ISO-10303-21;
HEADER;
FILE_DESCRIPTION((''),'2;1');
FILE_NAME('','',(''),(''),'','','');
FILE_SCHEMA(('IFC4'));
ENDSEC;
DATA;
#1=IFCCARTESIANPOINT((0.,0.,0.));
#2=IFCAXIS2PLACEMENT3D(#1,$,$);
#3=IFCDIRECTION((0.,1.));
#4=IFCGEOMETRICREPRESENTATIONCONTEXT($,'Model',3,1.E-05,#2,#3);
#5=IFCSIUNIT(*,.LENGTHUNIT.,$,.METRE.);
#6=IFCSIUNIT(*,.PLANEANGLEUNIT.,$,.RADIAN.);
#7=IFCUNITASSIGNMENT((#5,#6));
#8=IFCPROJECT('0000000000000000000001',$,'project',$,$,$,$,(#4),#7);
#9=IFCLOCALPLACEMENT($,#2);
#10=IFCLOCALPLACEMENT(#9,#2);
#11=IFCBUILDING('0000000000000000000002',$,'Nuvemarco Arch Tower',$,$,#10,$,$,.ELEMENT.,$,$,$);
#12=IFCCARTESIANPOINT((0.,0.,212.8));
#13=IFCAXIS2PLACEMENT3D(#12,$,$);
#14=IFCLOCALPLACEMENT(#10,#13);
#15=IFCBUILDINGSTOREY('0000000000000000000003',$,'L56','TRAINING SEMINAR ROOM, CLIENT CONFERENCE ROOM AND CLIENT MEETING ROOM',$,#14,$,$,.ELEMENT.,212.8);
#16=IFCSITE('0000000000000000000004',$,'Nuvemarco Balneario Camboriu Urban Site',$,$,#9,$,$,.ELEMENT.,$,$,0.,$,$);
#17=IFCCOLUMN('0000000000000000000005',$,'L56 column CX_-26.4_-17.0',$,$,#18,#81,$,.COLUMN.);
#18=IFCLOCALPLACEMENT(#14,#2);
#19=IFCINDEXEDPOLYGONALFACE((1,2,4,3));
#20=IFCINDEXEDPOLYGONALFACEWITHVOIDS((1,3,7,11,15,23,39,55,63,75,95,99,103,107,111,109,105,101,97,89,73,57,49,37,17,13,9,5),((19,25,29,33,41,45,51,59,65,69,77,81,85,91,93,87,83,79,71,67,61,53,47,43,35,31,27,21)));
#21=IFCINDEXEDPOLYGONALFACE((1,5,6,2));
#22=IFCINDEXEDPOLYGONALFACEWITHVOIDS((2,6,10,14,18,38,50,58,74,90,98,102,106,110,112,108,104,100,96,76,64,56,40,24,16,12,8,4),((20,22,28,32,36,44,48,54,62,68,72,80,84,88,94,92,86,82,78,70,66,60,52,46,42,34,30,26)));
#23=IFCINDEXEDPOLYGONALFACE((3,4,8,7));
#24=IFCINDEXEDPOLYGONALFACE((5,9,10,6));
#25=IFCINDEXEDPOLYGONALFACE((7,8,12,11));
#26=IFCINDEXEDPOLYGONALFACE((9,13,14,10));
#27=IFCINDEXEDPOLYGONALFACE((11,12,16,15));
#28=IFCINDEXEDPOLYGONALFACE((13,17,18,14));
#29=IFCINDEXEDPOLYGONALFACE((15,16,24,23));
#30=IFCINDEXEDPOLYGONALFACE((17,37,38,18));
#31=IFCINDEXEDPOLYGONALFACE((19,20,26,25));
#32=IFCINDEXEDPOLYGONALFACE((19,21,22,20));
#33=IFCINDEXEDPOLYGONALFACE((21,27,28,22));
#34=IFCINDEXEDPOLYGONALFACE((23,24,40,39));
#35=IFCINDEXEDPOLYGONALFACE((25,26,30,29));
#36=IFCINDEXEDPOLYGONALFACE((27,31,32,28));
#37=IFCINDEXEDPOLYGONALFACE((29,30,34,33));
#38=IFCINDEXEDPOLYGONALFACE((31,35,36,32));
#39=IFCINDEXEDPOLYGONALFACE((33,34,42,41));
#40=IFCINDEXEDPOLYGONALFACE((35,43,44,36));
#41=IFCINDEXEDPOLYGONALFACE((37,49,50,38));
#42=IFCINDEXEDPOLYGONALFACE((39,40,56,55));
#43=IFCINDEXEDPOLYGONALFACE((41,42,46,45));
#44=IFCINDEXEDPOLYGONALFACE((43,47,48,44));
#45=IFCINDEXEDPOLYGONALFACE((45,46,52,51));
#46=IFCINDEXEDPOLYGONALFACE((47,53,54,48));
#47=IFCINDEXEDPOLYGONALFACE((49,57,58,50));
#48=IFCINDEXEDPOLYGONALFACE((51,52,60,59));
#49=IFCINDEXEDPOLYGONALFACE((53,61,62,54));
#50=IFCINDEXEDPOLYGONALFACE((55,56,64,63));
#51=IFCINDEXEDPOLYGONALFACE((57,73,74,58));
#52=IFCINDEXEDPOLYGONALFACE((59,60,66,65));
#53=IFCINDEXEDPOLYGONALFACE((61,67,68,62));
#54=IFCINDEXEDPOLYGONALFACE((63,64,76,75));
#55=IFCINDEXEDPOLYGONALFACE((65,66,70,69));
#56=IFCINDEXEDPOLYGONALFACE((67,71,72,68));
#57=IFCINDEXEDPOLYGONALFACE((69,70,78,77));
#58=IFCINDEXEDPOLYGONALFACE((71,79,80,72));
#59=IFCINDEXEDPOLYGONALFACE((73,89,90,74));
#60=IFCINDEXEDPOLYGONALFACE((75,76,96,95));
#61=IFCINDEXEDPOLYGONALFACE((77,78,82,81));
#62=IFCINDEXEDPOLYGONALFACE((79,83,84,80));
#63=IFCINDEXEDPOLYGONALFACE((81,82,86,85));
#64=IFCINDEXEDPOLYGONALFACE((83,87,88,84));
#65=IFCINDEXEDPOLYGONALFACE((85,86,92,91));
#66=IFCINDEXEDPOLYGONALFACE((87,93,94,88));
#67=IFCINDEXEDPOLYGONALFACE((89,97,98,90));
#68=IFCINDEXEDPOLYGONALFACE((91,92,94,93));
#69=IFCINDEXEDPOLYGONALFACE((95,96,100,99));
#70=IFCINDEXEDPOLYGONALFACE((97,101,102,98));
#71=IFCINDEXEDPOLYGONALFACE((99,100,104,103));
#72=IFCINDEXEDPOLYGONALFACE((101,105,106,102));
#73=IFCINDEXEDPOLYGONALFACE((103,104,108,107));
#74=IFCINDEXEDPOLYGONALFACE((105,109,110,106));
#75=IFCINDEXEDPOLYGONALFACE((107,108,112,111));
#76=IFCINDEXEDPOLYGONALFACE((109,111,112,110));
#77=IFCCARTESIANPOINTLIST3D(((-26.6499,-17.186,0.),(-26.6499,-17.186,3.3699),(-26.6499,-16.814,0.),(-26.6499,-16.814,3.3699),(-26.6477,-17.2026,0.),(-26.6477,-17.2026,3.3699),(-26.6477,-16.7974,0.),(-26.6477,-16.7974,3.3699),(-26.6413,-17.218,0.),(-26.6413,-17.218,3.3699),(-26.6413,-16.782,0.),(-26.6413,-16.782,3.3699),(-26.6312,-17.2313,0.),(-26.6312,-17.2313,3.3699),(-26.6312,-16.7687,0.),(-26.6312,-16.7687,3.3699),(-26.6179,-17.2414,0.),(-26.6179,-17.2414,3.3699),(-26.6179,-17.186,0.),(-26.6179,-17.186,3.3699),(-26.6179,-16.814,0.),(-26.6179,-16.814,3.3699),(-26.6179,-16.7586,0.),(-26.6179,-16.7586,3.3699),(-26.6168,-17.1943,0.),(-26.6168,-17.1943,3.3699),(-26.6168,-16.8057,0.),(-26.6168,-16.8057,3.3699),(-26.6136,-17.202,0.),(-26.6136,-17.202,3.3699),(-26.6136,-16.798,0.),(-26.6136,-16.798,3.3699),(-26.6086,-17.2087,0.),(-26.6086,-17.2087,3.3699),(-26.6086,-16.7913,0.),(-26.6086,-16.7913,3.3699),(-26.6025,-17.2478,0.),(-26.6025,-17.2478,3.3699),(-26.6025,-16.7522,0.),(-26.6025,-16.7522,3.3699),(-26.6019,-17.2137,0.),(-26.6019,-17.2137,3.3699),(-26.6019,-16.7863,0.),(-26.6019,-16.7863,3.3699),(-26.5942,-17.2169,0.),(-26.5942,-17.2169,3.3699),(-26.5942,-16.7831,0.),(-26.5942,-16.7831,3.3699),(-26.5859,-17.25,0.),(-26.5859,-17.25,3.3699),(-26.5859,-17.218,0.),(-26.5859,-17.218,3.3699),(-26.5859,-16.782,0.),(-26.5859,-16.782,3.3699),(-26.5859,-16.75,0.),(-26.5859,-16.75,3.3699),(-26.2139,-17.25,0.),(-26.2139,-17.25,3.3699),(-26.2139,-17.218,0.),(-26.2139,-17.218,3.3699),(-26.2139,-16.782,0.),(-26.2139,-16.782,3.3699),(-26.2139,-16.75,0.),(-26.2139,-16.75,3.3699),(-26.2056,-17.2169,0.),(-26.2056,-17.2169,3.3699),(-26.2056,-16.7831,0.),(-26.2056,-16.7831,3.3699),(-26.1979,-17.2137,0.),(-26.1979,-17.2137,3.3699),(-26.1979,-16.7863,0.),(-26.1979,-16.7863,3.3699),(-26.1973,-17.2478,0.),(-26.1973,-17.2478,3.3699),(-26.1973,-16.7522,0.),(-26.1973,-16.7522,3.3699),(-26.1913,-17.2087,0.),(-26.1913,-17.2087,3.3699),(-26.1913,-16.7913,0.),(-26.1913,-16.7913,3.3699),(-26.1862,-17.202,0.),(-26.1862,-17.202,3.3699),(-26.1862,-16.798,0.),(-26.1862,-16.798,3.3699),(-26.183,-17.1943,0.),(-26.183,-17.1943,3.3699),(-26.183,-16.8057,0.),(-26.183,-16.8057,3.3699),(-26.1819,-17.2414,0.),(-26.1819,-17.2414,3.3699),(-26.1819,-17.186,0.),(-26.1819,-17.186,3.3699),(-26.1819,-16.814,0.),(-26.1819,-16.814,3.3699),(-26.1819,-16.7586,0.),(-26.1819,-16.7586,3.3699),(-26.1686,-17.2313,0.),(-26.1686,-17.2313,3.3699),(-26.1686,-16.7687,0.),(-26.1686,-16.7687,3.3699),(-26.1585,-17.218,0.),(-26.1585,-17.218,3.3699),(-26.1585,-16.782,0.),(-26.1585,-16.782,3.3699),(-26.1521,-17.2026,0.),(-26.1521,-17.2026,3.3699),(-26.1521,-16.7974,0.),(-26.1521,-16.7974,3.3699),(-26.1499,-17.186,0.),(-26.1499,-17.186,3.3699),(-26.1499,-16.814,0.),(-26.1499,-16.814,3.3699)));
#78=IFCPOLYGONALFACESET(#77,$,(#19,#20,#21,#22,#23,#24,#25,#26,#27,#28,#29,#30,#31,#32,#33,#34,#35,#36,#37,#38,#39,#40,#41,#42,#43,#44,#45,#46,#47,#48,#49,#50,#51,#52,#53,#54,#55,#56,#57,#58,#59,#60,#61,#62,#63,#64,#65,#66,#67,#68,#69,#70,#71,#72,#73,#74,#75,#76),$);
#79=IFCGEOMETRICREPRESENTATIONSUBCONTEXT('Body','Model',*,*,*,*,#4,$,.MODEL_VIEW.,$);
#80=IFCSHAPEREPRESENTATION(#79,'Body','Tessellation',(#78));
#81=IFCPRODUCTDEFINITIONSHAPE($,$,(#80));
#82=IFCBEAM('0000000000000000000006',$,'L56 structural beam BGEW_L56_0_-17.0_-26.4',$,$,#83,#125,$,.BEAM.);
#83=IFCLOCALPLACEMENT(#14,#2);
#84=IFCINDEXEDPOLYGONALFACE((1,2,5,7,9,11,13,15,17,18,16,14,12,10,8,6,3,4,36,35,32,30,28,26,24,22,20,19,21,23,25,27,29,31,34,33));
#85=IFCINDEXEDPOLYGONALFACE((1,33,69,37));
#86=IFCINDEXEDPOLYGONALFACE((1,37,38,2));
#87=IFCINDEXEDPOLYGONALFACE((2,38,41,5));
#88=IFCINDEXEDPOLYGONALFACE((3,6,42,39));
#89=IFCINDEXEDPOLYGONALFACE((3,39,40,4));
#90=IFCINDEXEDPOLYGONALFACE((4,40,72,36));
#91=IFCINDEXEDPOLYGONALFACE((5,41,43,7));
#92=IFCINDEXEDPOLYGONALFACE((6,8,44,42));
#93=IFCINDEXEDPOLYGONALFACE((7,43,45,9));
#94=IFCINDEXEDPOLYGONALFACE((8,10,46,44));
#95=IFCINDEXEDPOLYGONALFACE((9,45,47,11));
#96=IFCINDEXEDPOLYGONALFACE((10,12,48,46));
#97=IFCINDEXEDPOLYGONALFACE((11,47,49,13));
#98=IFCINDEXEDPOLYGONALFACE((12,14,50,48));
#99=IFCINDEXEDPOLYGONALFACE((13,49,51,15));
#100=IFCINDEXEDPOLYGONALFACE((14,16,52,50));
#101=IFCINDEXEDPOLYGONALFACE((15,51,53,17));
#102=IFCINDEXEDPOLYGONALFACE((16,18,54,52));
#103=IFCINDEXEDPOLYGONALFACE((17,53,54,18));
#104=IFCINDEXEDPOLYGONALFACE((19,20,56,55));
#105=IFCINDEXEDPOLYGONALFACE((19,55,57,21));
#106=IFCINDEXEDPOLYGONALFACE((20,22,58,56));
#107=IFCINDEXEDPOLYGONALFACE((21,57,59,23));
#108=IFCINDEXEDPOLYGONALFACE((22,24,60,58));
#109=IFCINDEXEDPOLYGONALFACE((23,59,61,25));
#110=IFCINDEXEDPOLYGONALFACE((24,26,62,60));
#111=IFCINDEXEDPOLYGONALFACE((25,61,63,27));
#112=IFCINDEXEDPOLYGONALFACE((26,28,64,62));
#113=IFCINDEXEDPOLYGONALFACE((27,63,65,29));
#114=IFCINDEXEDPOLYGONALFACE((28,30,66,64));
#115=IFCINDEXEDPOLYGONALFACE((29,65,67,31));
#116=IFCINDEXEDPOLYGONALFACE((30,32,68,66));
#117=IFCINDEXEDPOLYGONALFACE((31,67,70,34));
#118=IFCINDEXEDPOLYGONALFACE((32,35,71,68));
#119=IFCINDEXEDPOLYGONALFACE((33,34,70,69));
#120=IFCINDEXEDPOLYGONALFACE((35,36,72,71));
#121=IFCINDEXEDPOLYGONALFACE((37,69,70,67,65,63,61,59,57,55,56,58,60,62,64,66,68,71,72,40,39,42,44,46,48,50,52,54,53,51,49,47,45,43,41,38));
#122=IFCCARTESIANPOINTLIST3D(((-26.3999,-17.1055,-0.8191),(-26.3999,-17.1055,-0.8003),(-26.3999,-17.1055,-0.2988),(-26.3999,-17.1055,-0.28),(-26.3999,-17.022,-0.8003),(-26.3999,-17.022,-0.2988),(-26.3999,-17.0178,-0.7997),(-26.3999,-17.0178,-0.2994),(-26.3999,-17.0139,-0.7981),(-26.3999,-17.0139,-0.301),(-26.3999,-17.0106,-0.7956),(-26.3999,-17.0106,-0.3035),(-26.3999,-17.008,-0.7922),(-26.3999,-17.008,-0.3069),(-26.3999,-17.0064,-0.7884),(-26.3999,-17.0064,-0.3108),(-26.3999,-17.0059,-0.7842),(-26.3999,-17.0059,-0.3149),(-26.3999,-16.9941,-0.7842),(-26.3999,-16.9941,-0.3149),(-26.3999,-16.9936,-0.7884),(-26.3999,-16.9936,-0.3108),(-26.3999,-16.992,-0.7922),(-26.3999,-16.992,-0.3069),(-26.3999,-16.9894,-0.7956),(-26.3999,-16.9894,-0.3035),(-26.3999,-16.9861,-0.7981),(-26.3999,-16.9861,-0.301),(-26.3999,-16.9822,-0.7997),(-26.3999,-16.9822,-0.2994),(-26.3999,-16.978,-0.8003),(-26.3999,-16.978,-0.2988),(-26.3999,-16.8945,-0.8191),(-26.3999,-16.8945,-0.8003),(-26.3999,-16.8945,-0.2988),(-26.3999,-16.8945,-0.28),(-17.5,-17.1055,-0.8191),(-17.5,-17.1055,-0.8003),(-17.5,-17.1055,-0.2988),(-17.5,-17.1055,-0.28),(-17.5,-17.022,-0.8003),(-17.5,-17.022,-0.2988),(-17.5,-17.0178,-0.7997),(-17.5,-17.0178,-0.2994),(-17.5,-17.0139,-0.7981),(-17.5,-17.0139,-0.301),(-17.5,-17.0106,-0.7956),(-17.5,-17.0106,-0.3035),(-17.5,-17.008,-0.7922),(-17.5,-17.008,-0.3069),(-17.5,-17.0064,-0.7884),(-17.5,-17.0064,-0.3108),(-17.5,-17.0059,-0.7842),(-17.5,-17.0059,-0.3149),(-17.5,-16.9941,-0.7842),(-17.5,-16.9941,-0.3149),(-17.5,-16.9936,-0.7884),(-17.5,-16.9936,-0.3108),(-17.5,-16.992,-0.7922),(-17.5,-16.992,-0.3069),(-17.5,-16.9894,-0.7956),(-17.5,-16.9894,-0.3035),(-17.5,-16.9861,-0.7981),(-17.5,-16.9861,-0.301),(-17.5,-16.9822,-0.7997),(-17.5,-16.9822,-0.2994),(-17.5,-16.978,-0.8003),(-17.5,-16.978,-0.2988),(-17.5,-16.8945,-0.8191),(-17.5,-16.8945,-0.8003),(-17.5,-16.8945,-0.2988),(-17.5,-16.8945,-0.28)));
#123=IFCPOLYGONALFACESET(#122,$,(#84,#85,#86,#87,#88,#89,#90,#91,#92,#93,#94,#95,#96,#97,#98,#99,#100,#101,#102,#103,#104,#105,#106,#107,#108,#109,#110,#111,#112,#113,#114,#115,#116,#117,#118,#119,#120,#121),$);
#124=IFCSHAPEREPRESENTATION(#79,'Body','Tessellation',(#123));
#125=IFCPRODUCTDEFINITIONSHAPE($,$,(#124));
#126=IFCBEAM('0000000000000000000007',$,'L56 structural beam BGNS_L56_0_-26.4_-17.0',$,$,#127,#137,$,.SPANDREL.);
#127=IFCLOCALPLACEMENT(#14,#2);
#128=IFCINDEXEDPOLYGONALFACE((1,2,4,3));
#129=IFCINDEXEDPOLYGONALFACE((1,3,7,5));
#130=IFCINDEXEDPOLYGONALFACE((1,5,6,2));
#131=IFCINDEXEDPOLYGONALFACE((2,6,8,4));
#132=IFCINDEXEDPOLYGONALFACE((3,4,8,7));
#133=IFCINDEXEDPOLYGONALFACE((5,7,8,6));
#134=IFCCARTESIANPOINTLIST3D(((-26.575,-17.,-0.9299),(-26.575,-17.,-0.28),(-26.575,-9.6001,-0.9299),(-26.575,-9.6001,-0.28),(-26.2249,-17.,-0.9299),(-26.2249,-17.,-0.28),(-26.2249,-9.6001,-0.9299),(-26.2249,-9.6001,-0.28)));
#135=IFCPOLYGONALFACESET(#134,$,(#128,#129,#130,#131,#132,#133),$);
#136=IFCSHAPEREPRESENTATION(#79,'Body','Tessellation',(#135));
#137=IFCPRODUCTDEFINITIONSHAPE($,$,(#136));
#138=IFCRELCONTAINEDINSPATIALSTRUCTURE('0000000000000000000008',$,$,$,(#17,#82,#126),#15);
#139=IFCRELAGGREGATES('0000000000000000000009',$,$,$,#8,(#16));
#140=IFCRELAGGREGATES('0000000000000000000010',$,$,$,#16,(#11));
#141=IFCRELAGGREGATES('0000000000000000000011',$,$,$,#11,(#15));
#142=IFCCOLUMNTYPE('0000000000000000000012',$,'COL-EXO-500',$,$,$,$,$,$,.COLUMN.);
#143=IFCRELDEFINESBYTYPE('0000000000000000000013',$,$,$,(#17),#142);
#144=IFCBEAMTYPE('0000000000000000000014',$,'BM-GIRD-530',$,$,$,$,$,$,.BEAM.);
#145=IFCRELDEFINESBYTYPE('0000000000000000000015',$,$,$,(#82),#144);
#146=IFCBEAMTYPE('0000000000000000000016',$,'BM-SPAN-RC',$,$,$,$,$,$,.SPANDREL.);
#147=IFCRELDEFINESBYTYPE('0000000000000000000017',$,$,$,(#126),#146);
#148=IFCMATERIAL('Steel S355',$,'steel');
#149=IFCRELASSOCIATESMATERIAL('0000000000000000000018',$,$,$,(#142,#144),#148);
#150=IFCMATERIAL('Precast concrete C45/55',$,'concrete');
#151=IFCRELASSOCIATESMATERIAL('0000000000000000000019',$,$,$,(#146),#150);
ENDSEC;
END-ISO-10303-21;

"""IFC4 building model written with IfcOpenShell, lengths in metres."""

from ifc_helpers import new_model, si_unit, direction, frame, origin, origin_2d, place, context, subcontext, project, spatial, rectangle, hollow_rectangle, i_section, extrude, material, material_profile, profile_set, type_object, element, save


model = new_model("IFC4")

# Units and contexts
model_context = context("Model", 3, precision=1e-05, world=origin(), true_north=direction((0.0, 1.0)))
body_context = subcontext(model_context, "Body", "Model", "MODEL_VIEW")
ifc_project = project(units=[si_unit("LENGTHUNIT", "METRE"), si_unit("PLANEANGLEUNIT", "RADIAN")], contexts=[model_context])

# Site, building, storey
site_placement = place(None, origin())
site = spatial("IfcSite", under=ifc_project, at=site_placement, Name="Nuvemarco Balneario Camboriu Urban Site", CompositionType="ELEMENT", RefElevation=0.0)
building_placement = place(site_placement, origin())
building = spatial("IfcBuilding", under=site, at=building_placement, Name="Nuvemarco Arch Tower", CompositionType="ELEMENT")
storey_placement = place(building_placement, frame((0.0, 0.0, 212.8)))
storey = spatial("IfcBuildingStorey", under=building, at=storey_placement, Name="L56", Description="TRAINING SEMINAR ROOM, CLIENT CONFERENCE ROOM AND CLIENT MEETING ROOM", CompositionType="ELEMENT", Elevation=212.8)

# Column
ifc_material_1 = material(Name="Steel S355", Category="steel")
ifc_material_profile_1 = material_profile(ifc_material_1, hollow_rectangle(XDim=0.5, YDim=0.5, WallThickness=0.032, InnerFilletRadius=0.032, OuterFilletRadius=0.064, at=origin_2d()), Name="SHS500x500x32")
ifc_profile_set_1 = profile_set([ifc_material_profile_1], Name="Steel S355")
column_type = type_object("IfcColumnType", Name="COL-EXO-500", PredefinedType="COLUMN", material=ifc_profile_set_1)
column_placement = place(storey_placement, frame((-26.3999, -17.0, 0.0), z_axis=(0.0, 0.0, 1.0), x_axis=(1.0, 0.0, 0.0)))
element("IfcColumn", 1, at=column_placement, inside=storey, type_object=column_type, Name="L56 column CX_-26.4_-17.0", PredefinedType="COLUMN", context=body_context, shape_type="SweptSolid", body=[
    extrude(hollow_rectangle(XDim=0.5, YDim=0.5, WallThickness=0.032, InnerFilletRadius=0.032, OuterFilletRadius=0.064, at=origin_2d()), origin(), (0.0, 0.0, 1.0), 3.3699),
])

# Beams
ifc_material_profile_2 = material_profile(ifc_material_1, i_section(OverallWidth=0.2109, OverallDepth=0.5391, WebThickness=0.0117, FlangeThickness=0.0188, FilletRadius=0.0161, at=origin_2d()), Name="W530x109")
ifc_profile_set_2 = profile_set([ifc_material_profile_2], Name="Steel S355")
beam_type_1 = type_object("IfcBeamType", Name="BM-GIRD-530", PredefinedType="BEAM", material=ifc_profile_set_2)
beam_1_placement = place(storey_placement, frame((-26.3999, -17.0, -0.5496), z_axis=(1.0, 0.0, 0.0), x_axis=(0.0, 1.0, 0.0)))
element("IfcBeam", 2, at=beam_1_placement, inside=storey, type_object=beam_type_1, Name="L56 structural beam BGEW_L56_0_-17.0_-26.4", PredefinedType="BEAM", context=body_context, shape_type="SweptSolid", body=[
    extrude(i_section(OverallWidth=0.2109, OverallDepth=0.5391, WebThickness=0.0117, FlangeThickness=0.0188, FilletRadius=0.0161, at=origin_2d()), origin(), (0.0, 0.0, 1.0), 8.8999),
])
ifc_material_2 = material(Name="Precast concrete C45/55", Category="concrete")
ifc_material_profile_3 = material_profile(ifc_material_2, rectangle(XDim=0.3501, YDim=0.6499, at=origin_2d()), Name="PC-SP-350x650")
ifc_profile_set_3 = profile_set([ifc_material_profile_3], Name="Precast concrete C45/55")
beam_type_2 = type_object("IfcBeamType", Name="BM-SPAN-RC", PredefinedType="SPANDREL", material=ifc_profile_set_3)
beam_2_placement = place(storey_placement, frame((-26.3999, -17.0, -0.605), z_axis=(0.0, 1.0, 0.0), x_axis=(-1.0, 0.0, 0.0)))
element("IfcBeam", 3, at=beam_2_placement, inside=storey, type_object=beam_type_2, Name="L56 structural beam BGNS_L56_0_-26.4_-17.0", PredefinedType="SPANDREL", context=body_context, shape_type="SweptSolid", body=[
    extrude(rectangle(XDim=0.3501, YDim=0.6499, at=origin_2d()), origin(), (0.0, 0.0, 1.0), 7.3999),
])

save(model, "model.ifc")
